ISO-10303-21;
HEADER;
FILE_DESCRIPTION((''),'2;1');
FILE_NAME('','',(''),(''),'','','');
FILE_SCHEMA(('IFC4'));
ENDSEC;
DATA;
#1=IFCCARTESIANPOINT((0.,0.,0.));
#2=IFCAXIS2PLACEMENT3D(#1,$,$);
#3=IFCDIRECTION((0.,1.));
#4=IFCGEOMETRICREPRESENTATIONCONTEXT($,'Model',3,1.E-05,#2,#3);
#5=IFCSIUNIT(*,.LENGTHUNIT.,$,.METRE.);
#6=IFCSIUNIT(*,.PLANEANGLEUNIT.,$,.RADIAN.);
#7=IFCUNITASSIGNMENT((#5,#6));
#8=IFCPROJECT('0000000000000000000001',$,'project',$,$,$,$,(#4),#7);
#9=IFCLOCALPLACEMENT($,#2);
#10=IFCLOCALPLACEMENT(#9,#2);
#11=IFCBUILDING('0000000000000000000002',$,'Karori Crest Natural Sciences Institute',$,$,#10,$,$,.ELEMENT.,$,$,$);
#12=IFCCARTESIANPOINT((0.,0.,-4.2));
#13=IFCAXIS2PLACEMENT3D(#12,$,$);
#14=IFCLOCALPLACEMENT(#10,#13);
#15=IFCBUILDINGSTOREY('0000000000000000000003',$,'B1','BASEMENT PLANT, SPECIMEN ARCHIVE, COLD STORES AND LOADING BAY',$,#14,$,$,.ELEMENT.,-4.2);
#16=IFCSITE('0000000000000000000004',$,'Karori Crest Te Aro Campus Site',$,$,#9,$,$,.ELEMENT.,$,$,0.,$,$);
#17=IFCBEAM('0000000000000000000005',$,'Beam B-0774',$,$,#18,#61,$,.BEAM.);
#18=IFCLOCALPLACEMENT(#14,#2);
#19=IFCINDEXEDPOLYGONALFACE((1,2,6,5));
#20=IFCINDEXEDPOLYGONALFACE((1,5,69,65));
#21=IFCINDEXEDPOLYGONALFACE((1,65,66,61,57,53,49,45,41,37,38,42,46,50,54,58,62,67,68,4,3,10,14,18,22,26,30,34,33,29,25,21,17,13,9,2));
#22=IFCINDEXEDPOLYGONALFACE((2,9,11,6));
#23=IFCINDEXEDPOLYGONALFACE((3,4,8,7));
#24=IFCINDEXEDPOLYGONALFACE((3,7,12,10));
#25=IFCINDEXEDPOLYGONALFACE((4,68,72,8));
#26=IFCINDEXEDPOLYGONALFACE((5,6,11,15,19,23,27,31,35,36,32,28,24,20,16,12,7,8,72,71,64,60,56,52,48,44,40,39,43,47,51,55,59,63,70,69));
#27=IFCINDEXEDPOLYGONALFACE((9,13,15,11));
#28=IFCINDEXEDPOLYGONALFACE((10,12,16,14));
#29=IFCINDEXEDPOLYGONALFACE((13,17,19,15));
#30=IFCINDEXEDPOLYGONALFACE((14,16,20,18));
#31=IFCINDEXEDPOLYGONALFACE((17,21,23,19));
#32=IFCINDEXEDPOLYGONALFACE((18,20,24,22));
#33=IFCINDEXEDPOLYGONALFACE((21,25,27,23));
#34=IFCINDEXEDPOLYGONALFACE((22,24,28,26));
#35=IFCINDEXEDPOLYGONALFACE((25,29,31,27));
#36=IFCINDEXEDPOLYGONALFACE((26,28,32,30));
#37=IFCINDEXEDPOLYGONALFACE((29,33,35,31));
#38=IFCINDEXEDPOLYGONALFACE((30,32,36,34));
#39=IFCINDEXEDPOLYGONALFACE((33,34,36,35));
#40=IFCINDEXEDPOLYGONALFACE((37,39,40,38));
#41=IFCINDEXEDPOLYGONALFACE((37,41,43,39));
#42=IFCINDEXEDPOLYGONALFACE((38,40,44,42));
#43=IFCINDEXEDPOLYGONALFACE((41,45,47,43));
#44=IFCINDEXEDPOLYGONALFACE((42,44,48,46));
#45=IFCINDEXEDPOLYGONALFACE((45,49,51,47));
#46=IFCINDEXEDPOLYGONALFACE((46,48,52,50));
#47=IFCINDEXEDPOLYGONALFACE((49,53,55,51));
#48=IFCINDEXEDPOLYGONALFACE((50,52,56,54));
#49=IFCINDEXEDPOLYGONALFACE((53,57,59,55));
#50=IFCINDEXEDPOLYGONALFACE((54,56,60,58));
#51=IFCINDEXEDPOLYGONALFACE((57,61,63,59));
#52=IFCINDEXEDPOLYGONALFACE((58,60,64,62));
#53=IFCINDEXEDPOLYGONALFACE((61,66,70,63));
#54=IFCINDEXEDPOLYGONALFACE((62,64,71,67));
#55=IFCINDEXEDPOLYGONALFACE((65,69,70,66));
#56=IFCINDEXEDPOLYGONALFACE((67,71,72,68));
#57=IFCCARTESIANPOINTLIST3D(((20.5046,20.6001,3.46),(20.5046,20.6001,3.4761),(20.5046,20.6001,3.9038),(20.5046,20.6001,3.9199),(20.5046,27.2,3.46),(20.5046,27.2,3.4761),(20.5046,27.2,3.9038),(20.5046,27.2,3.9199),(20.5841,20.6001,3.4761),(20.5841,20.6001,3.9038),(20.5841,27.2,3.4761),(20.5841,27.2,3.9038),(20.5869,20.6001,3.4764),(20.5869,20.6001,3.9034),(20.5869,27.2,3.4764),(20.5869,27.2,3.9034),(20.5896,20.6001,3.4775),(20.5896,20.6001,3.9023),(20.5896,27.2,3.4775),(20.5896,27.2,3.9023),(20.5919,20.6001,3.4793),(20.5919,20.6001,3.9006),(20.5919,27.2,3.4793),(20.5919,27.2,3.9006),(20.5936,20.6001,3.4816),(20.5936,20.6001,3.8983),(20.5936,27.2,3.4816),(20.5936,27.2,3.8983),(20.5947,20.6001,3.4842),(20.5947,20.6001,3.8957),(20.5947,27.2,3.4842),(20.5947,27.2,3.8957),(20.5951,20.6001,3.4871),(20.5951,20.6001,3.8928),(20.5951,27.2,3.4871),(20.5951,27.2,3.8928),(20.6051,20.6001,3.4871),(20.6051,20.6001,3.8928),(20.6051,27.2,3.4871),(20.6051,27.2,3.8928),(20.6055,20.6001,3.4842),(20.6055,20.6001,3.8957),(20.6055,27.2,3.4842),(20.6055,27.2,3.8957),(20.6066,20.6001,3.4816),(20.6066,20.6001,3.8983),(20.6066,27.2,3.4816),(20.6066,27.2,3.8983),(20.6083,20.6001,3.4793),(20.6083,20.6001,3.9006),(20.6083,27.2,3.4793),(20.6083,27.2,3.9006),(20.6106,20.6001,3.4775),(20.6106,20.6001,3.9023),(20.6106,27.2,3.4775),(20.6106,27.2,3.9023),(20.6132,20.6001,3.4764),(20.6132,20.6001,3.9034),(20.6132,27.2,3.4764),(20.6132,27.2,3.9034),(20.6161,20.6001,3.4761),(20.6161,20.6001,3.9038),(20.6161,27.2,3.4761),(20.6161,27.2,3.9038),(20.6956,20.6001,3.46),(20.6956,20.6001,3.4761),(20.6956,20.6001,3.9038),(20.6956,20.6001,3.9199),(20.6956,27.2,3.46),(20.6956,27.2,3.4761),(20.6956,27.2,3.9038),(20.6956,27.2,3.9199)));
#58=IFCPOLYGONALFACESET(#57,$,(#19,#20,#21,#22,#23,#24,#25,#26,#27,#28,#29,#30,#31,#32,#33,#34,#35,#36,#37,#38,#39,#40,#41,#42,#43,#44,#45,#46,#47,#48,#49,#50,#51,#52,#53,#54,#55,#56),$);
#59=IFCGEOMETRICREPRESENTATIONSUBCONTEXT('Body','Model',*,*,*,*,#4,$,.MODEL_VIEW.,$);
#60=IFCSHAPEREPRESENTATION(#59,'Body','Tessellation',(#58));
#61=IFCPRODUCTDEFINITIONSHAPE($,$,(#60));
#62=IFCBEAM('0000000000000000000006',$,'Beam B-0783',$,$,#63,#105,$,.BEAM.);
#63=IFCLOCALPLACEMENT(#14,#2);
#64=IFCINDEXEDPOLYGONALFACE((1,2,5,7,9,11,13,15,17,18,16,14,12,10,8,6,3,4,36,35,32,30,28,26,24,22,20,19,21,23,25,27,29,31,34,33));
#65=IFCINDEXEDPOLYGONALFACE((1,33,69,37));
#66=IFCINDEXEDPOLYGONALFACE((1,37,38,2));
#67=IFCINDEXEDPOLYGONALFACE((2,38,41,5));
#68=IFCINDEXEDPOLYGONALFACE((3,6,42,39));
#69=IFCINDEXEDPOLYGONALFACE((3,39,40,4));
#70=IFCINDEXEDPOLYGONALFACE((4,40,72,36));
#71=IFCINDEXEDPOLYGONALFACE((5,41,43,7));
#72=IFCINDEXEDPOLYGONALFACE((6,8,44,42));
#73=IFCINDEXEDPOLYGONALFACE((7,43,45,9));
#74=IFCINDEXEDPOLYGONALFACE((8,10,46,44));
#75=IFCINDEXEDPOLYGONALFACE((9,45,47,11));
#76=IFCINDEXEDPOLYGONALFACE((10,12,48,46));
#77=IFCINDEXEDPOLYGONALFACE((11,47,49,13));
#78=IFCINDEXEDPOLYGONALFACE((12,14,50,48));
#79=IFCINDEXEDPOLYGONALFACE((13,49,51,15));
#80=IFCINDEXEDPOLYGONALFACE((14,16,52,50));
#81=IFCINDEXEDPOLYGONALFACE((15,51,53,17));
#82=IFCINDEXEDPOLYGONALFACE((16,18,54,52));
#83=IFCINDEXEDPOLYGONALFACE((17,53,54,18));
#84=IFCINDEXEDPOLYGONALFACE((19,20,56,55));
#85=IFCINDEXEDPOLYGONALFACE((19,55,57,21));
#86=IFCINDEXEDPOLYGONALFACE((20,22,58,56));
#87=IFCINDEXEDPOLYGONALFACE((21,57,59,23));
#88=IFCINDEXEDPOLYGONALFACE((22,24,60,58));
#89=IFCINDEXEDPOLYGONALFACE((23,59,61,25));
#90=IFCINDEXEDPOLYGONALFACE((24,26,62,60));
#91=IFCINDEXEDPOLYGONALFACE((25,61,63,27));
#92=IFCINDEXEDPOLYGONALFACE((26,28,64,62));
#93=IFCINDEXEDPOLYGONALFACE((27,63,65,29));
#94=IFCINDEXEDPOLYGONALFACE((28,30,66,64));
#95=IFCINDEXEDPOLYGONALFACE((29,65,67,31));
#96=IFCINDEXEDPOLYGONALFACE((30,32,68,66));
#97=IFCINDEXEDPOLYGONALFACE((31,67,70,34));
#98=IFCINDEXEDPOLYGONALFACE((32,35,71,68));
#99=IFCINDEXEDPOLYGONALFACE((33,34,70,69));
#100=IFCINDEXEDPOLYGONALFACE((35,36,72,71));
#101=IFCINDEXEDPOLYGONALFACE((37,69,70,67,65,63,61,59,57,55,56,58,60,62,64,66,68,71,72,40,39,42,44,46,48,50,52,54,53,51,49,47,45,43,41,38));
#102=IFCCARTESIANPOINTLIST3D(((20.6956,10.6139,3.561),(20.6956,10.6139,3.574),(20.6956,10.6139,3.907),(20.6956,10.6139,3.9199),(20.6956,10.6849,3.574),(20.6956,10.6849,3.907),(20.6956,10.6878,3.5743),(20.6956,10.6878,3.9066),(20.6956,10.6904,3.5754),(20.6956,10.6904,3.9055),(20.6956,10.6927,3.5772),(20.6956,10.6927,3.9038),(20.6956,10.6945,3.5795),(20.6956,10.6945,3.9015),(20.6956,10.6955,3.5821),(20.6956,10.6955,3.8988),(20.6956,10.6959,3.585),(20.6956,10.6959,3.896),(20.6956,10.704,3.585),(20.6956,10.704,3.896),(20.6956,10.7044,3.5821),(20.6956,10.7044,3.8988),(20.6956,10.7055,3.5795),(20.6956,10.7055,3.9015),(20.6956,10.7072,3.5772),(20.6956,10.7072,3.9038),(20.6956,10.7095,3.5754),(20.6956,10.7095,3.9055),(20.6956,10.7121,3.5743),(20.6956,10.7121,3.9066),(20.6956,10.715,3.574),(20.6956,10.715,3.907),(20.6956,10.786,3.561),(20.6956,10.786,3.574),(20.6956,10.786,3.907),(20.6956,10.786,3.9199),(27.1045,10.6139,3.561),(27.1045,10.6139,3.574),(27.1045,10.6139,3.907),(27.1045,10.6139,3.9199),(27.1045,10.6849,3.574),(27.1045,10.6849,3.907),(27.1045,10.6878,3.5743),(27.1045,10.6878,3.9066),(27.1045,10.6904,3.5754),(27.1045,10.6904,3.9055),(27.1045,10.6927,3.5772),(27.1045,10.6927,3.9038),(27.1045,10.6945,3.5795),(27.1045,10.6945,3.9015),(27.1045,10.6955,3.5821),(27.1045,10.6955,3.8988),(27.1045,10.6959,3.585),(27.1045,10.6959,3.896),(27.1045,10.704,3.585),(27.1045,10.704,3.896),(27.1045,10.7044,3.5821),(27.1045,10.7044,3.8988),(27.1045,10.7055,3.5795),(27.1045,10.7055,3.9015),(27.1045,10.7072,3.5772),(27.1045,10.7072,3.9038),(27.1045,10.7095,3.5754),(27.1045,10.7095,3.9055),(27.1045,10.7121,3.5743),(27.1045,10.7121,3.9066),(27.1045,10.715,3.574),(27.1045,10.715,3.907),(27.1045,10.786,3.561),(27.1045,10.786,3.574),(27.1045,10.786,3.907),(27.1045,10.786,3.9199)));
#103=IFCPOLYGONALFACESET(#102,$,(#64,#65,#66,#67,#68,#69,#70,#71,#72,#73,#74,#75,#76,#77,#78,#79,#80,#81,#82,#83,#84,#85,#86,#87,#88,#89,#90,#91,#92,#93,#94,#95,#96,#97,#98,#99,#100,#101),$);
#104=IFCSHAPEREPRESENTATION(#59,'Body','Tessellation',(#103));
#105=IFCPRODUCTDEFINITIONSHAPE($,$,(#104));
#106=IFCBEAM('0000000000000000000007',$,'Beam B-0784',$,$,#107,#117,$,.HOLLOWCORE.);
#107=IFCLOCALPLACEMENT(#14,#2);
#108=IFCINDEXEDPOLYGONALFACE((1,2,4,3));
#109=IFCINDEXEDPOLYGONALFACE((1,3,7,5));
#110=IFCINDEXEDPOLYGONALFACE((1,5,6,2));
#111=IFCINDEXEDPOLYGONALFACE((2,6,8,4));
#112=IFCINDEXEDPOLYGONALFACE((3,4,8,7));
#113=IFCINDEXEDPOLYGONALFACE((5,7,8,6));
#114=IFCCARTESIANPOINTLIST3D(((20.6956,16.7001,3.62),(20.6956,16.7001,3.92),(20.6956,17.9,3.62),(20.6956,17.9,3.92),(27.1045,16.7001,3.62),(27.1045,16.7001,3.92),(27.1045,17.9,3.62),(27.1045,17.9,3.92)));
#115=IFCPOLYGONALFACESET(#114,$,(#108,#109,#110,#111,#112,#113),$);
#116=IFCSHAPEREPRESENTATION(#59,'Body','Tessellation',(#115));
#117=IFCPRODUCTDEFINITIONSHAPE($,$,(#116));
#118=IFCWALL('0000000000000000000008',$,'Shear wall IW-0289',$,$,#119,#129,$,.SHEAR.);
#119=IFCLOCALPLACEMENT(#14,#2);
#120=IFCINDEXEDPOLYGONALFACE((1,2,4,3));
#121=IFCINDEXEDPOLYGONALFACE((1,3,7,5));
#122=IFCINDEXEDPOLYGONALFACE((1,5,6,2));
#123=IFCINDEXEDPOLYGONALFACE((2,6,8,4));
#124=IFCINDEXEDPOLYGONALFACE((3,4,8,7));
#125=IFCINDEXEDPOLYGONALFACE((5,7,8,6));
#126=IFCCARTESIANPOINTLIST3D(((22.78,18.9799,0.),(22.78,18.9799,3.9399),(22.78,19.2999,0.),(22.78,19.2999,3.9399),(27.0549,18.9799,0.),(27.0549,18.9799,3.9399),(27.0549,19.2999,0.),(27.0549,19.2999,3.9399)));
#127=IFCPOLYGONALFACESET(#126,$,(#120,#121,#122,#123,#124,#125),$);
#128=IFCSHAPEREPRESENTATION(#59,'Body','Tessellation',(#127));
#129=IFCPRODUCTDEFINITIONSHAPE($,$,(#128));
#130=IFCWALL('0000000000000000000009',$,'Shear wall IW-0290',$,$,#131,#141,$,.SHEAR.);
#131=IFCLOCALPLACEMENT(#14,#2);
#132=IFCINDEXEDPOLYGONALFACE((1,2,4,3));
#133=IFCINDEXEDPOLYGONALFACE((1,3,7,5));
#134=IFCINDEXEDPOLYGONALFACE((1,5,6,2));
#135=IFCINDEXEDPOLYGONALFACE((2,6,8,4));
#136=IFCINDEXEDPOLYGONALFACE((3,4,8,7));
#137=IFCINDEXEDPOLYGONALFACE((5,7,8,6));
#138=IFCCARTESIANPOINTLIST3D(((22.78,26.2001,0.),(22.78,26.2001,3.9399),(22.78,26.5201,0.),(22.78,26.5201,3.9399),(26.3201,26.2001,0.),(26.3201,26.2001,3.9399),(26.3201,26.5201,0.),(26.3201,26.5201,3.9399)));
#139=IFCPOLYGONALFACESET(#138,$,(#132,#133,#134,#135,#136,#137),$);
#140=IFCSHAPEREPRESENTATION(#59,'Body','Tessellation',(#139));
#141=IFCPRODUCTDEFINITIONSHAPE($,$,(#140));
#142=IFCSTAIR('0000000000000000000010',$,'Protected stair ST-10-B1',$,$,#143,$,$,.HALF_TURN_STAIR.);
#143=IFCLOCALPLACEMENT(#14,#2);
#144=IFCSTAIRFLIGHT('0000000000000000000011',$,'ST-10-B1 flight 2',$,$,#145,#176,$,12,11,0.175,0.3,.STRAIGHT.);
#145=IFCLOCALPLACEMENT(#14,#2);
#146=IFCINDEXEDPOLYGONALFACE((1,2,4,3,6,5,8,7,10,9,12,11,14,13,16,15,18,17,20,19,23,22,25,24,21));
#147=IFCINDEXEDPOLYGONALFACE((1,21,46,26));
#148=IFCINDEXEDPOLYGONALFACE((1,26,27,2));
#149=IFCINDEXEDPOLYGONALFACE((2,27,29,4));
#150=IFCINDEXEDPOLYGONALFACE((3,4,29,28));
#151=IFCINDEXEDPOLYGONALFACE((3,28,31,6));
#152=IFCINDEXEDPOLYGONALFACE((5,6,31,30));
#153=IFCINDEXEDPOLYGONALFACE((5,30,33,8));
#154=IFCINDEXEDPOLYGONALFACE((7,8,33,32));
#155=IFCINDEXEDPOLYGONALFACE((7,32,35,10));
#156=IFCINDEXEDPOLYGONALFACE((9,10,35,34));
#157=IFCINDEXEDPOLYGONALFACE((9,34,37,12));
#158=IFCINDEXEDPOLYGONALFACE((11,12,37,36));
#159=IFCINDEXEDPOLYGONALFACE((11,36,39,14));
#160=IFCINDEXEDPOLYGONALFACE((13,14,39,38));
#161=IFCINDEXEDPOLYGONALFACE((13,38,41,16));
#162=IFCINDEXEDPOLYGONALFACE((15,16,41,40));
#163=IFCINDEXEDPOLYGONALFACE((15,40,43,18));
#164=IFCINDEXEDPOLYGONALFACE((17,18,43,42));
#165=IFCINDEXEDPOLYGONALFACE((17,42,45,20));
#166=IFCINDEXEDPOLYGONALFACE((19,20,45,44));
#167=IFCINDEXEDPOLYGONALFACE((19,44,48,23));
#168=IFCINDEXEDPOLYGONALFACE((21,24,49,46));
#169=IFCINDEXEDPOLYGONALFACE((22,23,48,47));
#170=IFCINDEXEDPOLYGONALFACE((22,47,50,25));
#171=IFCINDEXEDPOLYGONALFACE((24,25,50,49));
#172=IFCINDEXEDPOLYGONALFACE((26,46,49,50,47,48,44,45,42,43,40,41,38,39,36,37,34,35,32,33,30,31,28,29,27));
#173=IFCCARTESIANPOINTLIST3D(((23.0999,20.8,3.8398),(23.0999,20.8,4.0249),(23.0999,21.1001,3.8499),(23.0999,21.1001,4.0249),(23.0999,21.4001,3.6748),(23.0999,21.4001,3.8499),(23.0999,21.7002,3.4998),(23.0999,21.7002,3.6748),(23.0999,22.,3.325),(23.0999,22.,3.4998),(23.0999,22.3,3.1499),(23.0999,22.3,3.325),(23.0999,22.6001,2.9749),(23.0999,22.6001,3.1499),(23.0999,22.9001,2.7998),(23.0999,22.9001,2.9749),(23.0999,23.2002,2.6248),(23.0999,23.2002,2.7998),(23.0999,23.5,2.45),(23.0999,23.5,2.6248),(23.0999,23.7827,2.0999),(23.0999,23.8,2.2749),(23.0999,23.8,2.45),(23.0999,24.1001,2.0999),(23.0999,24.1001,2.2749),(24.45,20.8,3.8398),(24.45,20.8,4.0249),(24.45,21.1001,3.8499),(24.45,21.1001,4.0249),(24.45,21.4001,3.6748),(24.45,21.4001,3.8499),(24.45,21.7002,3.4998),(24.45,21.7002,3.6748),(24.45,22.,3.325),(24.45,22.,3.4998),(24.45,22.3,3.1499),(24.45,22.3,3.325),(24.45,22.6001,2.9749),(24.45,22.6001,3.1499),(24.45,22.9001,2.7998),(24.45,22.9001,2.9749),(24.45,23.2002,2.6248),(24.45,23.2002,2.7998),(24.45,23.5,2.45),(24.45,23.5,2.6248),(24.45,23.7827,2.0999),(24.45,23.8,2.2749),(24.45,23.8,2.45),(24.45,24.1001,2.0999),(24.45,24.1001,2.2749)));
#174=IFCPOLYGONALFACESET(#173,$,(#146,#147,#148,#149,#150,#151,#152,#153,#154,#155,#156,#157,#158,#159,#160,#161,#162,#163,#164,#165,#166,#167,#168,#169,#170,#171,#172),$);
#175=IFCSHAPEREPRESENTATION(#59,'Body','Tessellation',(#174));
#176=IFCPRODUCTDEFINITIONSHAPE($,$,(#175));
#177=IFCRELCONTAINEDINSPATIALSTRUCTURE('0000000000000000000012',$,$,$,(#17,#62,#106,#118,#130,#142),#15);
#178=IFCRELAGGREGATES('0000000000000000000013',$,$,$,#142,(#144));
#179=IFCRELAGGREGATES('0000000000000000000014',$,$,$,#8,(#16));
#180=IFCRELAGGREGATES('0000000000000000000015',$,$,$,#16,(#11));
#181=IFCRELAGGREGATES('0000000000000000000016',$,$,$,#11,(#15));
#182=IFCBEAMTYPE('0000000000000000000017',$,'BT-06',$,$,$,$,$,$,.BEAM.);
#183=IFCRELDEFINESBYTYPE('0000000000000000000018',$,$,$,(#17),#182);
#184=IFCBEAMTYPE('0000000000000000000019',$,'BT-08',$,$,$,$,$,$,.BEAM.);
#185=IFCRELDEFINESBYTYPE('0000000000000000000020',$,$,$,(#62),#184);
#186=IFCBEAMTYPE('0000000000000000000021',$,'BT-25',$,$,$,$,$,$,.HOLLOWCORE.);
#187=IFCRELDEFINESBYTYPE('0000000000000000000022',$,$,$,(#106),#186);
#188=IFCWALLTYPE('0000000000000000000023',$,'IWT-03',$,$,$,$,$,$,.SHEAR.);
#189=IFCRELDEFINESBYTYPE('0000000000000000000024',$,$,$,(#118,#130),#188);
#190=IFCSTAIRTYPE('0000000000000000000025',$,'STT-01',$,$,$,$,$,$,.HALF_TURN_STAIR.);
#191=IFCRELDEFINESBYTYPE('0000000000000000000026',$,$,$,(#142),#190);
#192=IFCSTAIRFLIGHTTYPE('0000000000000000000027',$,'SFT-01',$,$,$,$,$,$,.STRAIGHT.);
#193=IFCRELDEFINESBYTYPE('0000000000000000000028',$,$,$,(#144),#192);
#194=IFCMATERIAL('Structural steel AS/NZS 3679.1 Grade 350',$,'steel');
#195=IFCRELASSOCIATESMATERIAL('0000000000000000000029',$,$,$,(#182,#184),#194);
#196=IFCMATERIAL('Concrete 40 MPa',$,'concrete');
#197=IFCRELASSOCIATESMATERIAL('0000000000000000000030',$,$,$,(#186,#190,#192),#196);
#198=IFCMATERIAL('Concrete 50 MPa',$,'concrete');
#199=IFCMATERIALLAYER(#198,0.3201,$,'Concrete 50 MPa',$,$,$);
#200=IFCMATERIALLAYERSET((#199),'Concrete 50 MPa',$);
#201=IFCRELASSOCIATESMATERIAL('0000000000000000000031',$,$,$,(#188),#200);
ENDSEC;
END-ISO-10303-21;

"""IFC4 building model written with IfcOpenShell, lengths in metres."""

from ifc_helpers import new_model, si_unit, direction, frame, frame_2d, origin, origin_2d, place, context, subcontext, project, spatial, polyline, rectangle, i_section, outline, extrude, material, layer, layer_set, material_profile, profile_set, type_object, element, aggregate, save


model = new_model("IFC4")

# Units and contexts
model_context = context("Model", 3, precision=1e-05, world=origin(), true_north=direction((0.0, 1.0)))
body_context = subcontext(model_context, "Body", "Model", "MODEL_VIEW")
ifc_project = project(units=[si_unit("LENGTHUNIT", "METRE"), si_unit("PLANEANGLEUNIT", "RADIAN")], contexts=[model_context])

# Site, building, storey
site_placement = place(None, origin())
site = spatial("IfcSite", under=ifc_project, at=site_placement, Name="Karori Crest Te Aro Campus Site", CompositionType="ELEMENT", RefElevation=0.0)
building_placement = place(site_placement, origin())
building = spatial("IfcBuilding", under=site, at=building_placement, Name="Karori Crest Natural Sciences Institute", CompositionType="ELEMENT")
storey_placement = place(building_placement, frame((0.0, 0.0, -4.2)))
storey = spatial("IfcBuildingStorey", under=building, at=storey_placement, Name="B1", Description="BASEMENT PLANT, SPECIMEN ARCHIVE, COLD STORES AND LOADING BAY", CompositionType="ELEMENT", Elevation=-4.2)

# Shared definitions
ifc_material_1 = material(Name="Concrete 40 MPa", Category="concrete")

# Shared definitions
ifc_material_2 = material(Name="Structural steel AS/NZS 3679.1 Grade 350", Category="steel")

# Beams
ifc_material_profile_1 = material_profile(ifc_material_2, i_section(OverallWidth=0.1909, OverallDepth=0.46, WebThickness=0.01, FlangeThickness=0.0161, FilletRadius=0.011, at=origin_2d()), Name="460UB82.1")
ifc_profile_set_1 = profile_set([ifc_material_profile_1], Name="Structural steel AS/NZS 3679.1 Grade 350")
beam_type_1 = type_object("IfcBeamType", Name="BT-06", PredefinedType="BEAM", material=ifc_profile_set_1)
beam_1_placement = place(storey_placement, frame((20.6001, 20.6001, 3.6899), z_axis=(0.0, 1.0, 0.0), x_axis=(-1.0, 0.0, 0.0)))
element("IfcBeam", 1, at=beam_1_placement, inside=storey, type_object=beam_type_1, Name="Beam B-0774", PredefinedType="BEAM", context=body_context, shape_type="SweptSolid", body=[
    extrude(i_section(OverallWidth=0.1909, OverallDepth=0.46, WebThickness=0.01, FlangeThickness=0.0161, FilletRadius=0.011, at=origin_2d()), origin(), (0.0, 0.0, 1.0), 6.5999),
])
ifc_material_profile_2 = material_profile(ifc_material_2, i_section(OverallWidth=0.1721, OverallDepth=0.3589, WebThickness=0.0081, FlangeThickness=0.0129, FilletRadius=0.011, at=origin_2d()), Name="360UB56.7")
ifc_profile_set_2 = profile_set([ifc_material_profile_2], Name="Structural steel AS/NZS 3679.1 Grade 350")
beam_type_2 = type_object("IfcBeamType", Name="BT-08", PredefinedType="BEAM", material=ifc_profile_set_2)
beam_2_placement = place(storey_placement, frame((20.6956, 10.7, 3.7405), z_axis=(1.0, 0.0, 0.0), x_axis=(0.0, 1.0, 0.0)))
element("IfcBeam", 2, at=beam_2_placement, inside=storey, type_object=beam_type_2, Name="Beam B-0783", PredefinedType="BEAM", context=body_context, shape_type="SweptSolid", body=[
    extrude(i_section(OverallWidth=0.1721, OverallDepth=0.3589, WebThickness=0.0081, FlangeThickness=0.0129, FilletRadius=0.011, at=origin_2d()), origin(), (0.0, 0.0, 1.0), 6.4089),
])
ifc_material_profile_3 = material_profile(ifc_material_1, rectangle(XDim=1.2, YDim=0.3, at=origin_2d()), Name="HCP1200x300")
ifc_profile_set_3 = profile_set([ifc_material_profile_3], Name="Concrete 40 MPa")
beam_type_3 = type_object("IfcBeamType", Name="BT-25", PredefinedType="HOLLOWCORE", material=ifc_profile_set_3)
beam_3_placement = place(storey_placement, frame((20.6956, 17.3, 3.77), z_axis=(1.0, 0.0, 0.0), x_axis=(0.0, 1.0, 0.0)))
element("IfcBeam", 3, at=beam_3_placement, inside=storey, type_object=beam_type_3, Name="Beam B-0784", PredefinedType="HOLLOWCORE", context=body_context, shape_type="SweptSolid", body=[
    extrude(rectangle(XDim=1.2, YDim=0.3, at=origin_2d()), origin(), (0.0, 0.0, 1.0), 6.4089),
])

# Walls
ifc_material_3 = material(Name="Concrete 50 MPa", Category="concrete")
ifc_layer = layer(ifc_material_3, 0.3201, Name="Concrete 50 MPa")
ifc_layer_set = layer_set([ifc_layer], Name="Concrete 50 MPa")
wall_type = type_object("IfcWallType", Name="IWT-03", PredefinedType="SHEAR", material=ifc_layer_set)
wall_1_placement = place(storey_placement, frame((22.78, 19.1399, 0.0), z_axis=(0.0, 0.0, 1.0), x_axis=(1.0, 0.0, 0.0)))
element("IfcWall", 4, at=wall_1_placement, inside=storey, type_object=wall_type, Name="Shear wall IW-0289", PredefinedType="SHEAR", context=body_context, shape_type="SweptSolid", body=[
    extrude(rectangle(XDim=4.2749, YDim=0.3201, at=frame_2d((2.1375, 0.0))), origin(), (0.0, 0.0, 1.0), 3.9399),
])
wall_2_placement = place(storey_placement, frame((22.78, 26.3601, 0.0), z_axis=(0.0, 0.0, 1.0), x_axis=(1.0, 0.0, 0.0)))
element("IfcWall", 5, at=wall_2_placement, inside=storey, type_object=wall_type, Name="Shear wall IW-0290", PredefinedType="SHEAR", context=body_context, shape_type="SweptSolid", body=[
    extrude(rectangle(XDim=3.54, YDim=0.3201, at=frame_2d((1.77, 0.0))), origin(), (0.0, 0.0, 1.0), 3.9399),
])

# Stair, stair flight
stair_type = type_object("IfcStairType", Name="STT-01", PredefinedType="HALF_TURN_STAIR", material=ifc_material_1)
stair_placement = place(storey_placement, origin())
stair = element("IfcStair", 6, at=stair_placement, inside=storey, type_object=stair_type, Name="Protected stair ST-10-B1", PredefinedType="HALF_TURN_STAIR")
stair_flight_type = type_object("IfcStairFlightType", Name="SFT-01", PredefinedType="STRAIGHT", material=ifc_material_1)
stair_flight_placement = place(storey_placement, frame((23.7749, 24.1001, 2.0999), z_axis=(0.0, 0.0, 1.0), x_axis=(0.0, -1.0, 0.0)))
stair_flight = element("IfcStairFlight", 7, at=stair_flight_placement, type_object=stair_flight_type, Name="ST-10-B1 flight 2", NumberOfRisers=12, NumberOfTreads=11, PredefinedType="STRAIGHT", RiserHeight=0.175, TreadLength=0.3, context=body_context, shape_type="SweptSolid", body=[
    extrude(outline(polyline([(0.0, 0.0), (0.0, 0.175), (0.3, 0.175), (0.3, 0.3501), (0.6001, 0.3501), (0.6001, 0.5249), (0.8999, 0.5249), (0.8999, 0.7), (1.2, 0.7), (1.2, 0.875), (1.5, 0.875), (1.5, 1.05), (1.8, 1.05), (1.8, 1.2251), (2.1001, 1.2251), (2.1001, 1.3999), (2.3999, 1.3999), (2.3999, 1.575), (2.7, 1.575), (2.7, 1.75), (3.0, 1.75), (3.0, 1.925), (3.3, 1.925), (3.3, 2.1001), (3.3, 1.74), (0.3174, 0.0), (0.0, 0.0)])), frame((0.0, 0.675, 0.0), z_axis=(0.0, -1.0, 0.0), x_axis=(1.0, 0.0, 0.0)), (0.0, 0.0, 1.0), 1.3501),
])
aggregate(stair, [stair_flight])

save(model, "model.ifc")
